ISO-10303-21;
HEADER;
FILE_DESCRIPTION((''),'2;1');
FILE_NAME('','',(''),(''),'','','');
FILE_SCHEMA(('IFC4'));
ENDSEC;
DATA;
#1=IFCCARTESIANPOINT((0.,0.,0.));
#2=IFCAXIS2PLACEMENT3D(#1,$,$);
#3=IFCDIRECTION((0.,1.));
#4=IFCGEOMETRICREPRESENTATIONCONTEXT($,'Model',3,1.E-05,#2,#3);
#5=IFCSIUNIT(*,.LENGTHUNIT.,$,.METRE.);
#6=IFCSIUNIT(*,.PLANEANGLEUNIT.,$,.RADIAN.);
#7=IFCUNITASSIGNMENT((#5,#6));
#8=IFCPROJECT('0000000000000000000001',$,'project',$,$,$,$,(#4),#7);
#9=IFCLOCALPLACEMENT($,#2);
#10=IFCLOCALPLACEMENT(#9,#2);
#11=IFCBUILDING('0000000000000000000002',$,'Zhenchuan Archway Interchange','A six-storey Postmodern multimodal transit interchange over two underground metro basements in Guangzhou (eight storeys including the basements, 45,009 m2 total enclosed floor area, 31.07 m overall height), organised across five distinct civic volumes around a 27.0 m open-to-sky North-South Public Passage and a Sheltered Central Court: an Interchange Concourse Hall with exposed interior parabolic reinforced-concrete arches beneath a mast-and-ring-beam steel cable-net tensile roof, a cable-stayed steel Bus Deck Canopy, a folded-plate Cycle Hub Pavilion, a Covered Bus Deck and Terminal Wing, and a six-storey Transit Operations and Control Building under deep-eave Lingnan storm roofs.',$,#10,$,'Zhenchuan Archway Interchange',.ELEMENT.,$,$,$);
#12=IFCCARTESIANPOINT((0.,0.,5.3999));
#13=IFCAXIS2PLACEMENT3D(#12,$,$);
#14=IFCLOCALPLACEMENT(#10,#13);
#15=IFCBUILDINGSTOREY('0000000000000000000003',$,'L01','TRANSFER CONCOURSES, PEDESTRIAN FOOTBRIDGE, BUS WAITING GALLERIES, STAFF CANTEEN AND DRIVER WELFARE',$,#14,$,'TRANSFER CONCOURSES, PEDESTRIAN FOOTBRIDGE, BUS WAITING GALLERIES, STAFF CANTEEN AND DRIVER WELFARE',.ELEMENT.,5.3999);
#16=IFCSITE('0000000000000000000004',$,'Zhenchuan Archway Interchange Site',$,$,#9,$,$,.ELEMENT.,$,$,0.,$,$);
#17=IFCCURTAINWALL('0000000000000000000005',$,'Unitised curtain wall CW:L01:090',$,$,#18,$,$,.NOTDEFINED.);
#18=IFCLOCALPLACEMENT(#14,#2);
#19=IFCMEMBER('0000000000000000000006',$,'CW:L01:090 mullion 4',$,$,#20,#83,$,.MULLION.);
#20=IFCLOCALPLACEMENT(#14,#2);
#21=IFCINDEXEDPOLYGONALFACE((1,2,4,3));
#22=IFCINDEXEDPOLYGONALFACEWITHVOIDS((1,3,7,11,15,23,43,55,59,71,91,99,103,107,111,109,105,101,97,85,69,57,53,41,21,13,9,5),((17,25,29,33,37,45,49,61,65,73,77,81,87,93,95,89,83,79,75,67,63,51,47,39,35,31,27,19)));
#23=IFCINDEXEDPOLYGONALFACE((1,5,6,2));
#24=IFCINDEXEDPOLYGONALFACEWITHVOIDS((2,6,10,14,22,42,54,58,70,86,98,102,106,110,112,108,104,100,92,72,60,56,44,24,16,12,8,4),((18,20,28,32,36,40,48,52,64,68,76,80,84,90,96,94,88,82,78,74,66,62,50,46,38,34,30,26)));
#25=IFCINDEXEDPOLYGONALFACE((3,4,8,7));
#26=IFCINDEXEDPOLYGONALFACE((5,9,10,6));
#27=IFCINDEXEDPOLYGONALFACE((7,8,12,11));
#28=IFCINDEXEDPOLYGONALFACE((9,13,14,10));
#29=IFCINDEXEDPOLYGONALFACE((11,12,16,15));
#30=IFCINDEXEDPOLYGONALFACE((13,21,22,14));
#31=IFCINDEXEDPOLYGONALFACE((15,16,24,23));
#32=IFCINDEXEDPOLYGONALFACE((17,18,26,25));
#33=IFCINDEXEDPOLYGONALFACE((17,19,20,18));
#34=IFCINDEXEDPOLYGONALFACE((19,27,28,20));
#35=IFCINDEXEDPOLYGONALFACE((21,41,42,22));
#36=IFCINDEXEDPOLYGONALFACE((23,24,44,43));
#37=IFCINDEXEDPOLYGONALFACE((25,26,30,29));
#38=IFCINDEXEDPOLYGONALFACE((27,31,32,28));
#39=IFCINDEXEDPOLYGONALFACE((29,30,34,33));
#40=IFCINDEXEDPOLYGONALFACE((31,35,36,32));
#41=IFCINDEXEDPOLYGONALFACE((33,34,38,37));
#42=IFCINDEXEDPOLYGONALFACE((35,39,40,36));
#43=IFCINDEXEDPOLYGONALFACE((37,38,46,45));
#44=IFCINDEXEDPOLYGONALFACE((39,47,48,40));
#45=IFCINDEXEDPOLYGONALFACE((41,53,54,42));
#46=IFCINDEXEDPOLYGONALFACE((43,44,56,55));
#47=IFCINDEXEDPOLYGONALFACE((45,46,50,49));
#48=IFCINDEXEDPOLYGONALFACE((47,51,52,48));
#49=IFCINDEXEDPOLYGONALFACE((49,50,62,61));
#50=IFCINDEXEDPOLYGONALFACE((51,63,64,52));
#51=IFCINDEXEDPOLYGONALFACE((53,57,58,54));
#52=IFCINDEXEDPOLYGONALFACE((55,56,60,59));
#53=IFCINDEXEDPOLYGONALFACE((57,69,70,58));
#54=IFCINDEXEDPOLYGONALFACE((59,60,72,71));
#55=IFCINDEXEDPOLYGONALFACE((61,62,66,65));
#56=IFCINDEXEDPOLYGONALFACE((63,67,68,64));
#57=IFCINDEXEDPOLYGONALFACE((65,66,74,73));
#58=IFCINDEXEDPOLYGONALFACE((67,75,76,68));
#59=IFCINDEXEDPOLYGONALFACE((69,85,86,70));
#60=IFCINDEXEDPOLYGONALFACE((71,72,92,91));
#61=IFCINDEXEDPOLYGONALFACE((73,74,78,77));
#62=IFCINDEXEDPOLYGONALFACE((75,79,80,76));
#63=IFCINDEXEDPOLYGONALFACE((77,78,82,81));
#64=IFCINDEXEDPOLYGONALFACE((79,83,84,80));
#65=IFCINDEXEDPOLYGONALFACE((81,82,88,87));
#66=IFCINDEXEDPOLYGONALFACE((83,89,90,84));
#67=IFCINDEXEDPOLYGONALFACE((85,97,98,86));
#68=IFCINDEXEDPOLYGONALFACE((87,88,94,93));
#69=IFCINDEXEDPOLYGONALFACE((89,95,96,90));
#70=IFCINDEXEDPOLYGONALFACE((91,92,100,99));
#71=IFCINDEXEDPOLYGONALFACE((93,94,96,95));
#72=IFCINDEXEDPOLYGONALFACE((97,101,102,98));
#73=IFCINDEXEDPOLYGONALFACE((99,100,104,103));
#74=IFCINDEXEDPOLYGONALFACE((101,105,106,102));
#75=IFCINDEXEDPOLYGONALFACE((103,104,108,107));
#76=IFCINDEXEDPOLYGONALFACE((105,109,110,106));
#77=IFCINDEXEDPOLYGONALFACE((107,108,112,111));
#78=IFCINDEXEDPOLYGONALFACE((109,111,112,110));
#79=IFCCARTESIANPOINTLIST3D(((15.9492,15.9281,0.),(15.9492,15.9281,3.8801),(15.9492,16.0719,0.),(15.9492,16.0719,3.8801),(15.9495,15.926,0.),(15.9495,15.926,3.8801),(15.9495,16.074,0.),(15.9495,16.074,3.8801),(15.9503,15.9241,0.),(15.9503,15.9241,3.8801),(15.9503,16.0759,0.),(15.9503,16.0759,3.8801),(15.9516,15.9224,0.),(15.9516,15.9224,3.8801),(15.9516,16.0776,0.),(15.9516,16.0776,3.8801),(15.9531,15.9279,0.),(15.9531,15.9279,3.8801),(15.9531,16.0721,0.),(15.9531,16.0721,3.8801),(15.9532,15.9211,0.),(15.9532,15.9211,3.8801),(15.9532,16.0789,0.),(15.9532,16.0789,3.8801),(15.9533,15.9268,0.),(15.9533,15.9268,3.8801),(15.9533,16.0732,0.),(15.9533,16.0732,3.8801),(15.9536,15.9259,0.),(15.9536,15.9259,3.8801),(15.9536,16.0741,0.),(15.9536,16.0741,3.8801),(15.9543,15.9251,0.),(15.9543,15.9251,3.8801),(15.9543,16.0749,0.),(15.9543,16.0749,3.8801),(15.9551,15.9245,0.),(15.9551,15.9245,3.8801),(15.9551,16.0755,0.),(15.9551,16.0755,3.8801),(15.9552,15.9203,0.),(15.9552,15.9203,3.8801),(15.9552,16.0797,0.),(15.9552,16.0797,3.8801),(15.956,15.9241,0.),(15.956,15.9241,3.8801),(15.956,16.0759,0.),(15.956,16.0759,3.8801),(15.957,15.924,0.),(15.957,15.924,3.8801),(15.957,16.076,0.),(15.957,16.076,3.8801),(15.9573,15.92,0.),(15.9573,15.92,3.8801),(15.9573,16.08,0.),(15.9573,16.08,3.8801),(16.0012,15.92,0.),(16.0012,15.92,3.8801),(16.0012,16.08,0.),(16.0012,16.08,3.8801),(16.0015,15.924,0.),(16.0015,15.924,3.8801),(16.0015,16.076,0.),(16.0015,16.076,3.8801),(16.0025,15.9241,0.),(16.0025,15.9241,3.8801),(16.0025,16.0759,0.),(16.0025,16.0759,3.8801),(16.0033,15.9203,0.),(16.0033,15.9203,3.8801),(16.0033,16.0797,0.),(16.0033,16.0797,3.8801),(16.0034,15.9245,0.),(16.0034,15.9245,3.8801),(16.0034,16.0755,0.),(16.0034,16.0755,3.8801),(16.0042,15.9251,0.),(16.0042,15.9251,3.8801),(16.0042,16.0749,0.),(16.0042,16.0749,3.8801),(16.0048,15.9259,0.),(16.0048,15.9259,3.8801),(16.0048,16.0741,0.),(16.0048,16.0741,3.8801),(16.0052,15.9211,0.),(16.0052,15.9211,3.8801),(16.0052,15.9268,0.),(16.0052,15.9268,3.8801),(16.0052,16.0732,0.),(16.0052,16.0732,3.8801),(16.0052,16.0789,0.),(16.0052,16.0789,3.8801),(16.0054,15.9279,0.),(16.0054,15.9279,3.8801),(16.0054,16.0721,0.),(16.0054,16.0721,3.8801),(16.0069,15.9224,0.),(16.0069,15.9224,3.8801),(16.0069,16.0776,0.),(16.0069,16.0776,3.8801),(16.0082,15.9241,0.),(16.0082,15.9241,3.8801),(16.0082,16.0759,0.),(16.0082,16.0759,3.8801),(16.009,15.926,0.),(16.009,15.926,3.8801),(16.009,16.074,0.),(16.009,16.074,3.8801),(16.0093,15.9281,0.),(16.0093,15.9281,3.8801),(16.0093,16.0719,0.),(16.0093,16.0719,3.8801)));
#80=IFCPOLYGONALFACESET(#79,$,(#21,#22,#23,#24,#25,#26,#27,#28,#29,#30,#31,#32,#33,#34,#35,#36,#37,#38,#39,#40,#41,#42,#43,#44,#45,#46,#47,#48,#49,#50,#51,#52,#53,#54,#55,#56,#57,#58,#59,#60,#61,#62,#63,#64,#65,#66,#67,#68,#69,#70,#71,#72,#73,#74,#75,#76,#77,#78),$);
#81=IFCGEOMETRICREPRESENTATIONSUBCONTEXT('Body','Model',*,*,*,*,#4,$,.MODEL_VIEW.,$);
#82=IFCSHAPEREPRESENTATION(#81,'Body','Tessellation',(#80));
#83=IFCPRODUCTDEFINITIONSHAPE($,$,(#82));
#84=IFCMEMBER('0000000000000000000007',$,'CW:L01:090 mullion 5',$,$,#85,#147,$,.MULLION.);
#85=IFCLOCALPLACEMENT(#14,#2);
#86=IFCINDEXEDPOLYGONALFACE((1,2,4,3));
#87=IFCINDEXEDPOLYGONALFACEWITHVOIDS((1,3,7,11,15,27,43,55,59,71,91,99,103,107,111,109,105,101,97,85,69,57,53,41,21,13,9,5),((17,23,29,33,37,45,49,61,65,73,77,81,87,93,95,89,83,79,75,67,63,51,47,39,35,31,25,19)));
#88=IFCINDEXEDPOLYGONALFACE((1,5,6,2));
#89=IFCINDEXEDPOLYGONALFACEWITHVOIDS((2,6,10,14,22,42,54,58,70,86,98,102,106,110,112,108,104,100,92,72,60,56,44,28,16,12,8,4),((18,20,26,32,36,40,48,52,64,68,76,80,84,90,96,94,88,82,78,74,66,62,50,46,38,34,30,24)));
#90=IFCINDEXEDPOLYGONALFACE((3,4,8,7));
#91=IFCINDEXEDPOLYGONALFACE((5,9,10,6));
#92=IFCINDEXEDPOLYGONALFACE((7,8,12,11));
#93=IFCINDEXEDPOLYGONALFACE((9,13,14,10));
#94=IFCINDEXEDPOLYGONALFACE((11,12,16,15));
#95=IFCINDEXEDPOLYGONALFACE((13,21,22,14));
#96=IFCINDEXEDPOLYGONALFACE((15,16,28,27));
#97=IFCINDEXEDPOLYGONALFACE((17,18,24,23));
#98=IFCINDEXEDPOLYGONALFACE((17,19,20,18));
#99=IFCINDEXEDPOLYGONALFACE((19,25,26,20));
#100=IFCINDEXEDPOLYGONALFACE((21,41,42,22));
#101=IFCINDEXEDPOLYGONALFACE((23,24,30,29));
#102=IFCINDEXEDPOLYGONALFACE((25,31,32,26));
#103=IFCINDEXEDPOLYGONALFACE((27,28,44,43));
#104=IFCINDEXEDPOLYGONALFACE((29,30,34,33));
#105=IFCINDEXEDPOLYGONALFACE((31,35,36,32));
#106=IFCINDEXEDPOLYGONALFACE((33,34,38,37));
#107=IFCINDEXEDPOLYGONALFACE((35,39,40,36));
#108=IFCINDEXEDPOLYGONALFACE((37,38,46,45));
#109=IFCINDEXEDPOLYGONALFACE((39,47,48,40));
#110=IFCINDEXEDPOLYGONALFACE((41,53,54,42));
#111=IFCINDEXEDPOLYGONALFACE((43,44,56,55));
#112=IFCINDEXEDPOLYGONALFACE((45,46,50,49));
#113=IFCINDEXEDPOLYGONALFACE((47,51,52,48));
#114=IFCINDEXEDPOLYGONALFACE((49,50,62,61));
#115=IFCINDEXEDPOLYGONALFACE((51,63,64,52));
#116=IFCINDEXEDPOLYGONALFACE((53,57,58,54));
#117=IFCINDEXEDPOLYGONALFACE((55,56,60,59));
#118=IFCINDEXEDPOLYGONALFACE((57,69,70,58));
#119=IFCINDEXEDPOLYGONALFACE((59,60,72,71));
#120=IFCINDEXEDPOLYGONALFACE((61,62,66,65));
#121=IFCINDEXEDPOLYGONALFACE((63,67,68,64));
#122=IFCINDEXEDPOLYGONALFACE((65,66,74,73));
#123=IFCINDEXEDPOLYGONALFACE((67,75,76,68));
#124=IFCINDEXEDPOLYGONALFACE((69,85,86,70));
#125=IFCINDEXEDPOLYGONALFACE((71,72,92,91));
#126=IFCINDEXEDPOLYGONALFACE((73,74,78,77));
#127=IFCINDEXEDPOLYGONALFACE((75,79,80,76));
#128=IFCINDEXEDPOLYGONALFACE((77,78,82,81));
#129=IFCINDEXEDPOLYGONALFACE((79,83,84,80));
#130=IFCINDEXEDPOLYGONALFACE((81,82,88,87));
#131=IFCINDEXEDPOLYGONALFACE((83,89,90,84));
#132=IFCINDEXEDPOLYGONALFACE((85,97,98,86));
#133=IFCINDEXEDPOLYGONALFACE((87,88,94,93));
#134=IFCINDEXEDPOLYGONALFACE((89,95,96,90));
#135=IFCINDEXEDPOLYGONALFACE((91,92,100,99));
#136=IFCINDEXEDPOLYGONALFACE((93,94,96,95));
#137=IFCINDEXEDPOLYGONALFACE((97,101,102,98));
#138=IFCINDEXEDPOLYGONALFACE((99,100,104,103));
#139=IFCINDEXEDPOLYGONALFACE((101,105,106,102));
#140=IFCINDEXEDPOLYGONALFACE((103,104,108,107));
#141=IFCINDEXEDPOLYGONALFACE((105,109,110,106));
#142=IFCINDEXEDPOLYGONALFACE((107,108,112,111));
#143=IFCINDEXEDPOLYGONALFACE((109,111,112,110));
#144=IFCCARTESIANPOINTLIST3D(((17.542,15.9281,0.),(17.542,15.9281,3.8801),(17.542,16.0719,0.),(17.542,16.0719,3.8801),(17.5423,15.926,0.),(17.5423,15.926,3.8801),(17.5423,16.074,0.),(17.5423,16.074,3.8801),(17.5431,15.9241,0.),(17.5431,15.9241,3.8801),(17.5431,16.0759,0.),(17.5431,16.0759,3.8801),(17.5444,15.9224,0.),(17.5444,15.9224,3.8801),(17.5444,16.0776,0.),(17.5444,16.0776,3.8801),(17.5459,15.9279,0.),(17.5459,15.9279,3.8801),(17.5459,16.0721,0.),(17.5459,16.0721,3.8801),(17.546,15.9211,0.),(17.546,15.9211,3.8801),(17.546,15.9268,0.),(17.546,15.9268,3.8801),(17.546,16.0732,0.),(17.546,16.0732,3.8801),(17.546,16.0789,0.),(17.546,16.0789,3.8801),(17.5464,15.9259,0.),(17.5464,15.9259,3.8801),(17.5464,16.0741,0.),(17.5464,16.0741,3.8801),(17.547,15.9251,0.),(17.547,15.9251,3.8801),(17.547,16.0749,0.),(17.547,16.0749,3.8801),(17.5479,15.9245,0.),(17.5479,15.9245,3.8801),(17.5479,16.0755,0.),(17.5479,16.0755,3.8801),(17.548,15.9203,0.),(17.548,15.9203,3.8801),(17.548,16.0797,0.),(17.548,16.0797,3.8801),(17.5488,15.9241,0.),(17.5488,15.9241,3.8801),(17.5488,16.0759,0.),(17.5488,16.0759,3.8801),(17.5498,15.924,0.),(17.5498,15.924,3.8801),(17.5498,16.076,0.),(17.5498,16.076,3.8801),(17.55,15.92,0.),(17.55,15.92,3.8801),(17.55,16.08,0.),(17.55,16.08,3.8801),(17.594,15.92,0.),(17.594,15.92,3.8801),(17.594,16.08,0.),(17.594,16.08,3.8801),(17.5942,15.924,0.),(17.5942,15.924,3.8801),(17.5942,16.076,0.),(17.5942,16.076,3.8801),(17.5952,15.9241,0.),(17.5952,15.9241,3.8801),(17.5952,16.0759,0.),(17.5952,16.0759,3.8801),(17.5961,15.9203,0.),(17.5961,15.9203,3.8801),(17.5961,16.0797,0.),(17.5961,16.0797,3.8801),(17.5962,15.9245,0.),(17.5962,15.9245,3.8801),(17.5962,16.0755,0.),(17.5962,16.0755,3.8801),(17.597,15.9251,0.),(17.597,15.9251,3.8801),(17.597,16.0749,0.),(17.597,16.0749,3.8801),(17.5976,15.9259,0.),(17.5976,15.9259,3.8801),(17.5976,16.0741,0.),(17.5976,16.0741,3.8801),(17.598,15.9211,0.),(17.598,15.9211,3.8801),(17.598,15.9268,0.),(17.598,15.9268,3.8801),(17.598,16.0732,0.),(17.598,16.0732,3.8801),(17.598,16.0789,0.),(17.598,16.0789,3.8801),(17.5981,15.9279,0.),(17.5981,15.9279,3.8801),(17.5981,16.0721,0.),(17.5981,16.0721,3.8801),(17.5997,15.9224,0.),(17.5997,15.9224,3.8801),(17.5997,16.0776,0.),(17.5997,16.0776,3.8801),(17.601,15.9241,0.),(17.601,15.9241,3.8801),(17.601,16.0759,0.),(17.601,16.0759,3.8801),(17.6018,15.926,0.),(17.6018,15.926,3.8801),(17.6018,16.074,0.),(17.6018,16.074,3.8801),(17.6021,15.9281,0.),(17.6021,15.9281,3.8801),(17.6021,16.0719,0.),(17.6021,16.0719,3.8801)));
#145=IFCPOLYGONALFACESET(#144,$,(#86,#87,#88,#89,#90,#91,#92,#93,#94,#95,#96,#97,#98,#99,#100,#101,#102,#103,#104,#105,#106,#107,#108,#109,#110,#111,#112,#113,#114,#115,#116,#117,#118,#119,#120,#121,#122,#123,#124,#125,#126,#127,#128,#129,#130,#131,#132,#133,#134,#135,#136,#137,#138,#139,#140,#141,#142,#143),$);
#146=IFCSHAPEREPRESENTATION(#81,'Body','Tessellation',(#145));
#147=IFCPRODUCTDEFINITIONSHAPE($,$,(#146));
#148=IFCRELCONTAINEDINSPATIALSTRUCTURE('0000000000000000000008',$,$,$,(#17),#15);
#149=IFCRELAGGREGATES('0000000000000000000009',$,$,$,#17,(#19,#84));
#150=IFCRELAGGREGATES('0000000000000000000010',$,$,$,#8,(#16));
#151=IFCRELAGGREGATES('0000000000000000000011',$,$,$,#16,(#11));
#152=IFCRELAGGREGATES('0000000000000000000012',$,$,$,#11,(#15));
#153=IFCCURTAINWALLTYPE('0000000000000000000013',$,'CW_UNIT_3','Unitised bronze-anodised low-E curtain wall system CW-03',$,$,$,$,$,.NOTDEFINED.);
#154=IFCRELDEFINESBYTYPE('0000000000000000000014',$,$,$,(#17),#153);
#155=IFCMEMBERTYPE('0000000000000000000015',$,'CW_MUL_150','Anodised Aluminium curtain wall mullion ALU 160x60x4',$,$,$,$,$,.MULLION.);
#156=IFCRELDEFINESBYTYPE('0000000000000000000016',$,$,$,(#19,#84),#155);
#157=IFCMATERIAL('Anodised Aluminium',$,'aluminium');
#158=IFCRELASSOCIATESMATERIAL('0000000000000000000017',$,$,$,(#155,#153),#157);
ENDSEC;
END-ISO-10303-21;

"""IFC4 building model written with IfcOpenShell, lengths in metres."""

from ifc_helpers import new_model, si_unit, direction, frame, origin, origin_2d, place, context, subcontext, project, spatial, hollow_rectangle, extrude, material, material_profile, profile_set, type_object, element, aggregate, save


model = new_model("IFC4")

# Units and contexts
model_context = context("Model", 3, precision=1e-05, world=origin(), true_north=direction((0.0, 1.0)))
body_context = subcontext(model_context, "Body", "Model", "MODEL_VIEW")
ifc_project = project(units=[si_unit("LENGTHUNIT", "METRE"), si_unit("PLANEANGLEUNIT", "RADIAN")], contexts=[model_context])

# Site, building, storey
site_placement = place(None, origin())
site = spatial("IfcSite", under=ifc_project, at=site_placement, Name="Zhenchuan Archway Interchange Site", CompositionType="ELEMENT", RefElevation=0.0)
building_placement = place(site_placement, origin())
building = spatial("IfcBuilding", under=site, at=building_placement, Name="Zhenchuan Archway Interchange", Description="A six-storey Postmodern multimodal transit interchange over two underground metro basements in Guangzhou (eight storeys including the basements, 45,009 m2 total enclosed floor area, 31.07 m overall height), organised across five distinct civic volumes around a 27.0 m open-to-sky North-South Public Passage and a Sheltered Central Court: an Interchange Concourse Hall with exposed interior parabolic reinforced-concrete arches beneath a mast-and-ring-beam steel cable-net tensile roof, a cable-stayed steel Bus Deck Canopy, a folded-plate Cycle Hub Pavilion, a Covered Bus Deck and Terminal Wing, and a six-storey Transit Operations and Control Building under deep-eave Lingnan storm roofs.", LongName="Zhenchuan Archway Interchange", CompositionType="ELEMENT")
storey_placement = place(building_placement, frame((0.0, 0.0, 5.3999)))
storey = spatial("IfcBuildingStorey", under=building, at=storey_placement, Name="L01", Description="TRANSFER CONCOURSES, PEDESTRIAN FOOTBRIDGE, BUS WAITING GALLERIES, STAFF CANTEEN AND DRIVER WELFARE", LongName="TRANSFER CONCOURSES, PEDESTRIAN FOOTBRIDGE, BUS WAITING GALLERIES, STAFF CANTEEN AND DRIVER WELFARE", CompositionType="ELEMENT", Elevation=5.3999)

# Shared definitions
ifc_material_1 = material(Name="Anodised Aluminium", Category="aluminium")
ifc_material_profile_1 = material_profile(ifc_material_1, hollow_rectangle(XDim=0.0601, YDim=0.1599, WallThickness=0.0039, InnerFilletRadius=0.0039, OuterFilletRadius=0.0081, at=origin_2d()), Name="ALU 160x60x4")
ifc_profile_set_1 = profile_set([ifc_material_profile_1], Name="Anodised Aluminium")
member_type_1 = type_object("IfcMemberType", Name="CW_MUL_150", Description="Anodised Aluminium curtain wall mullion ALU 160x60x4", PredefinedType="MULLION", material=ifc_profile_set_1)

# Curtain wall, members
curtain_wall_type_1 = type_object("IfcCurtainWallType", Name="CW_UNIT_3", Description="Unitised bronze-anodised low-E curtain wall system CW-03", PredefinedType="NOTDEFINED", material=ifc_material_1)
curtain_wall_1_placement = place(storey_placement, origin())
curtain_wall_1 = element("IfcCurtainWall", 1, at=curtain_wall_1_placement, inside=storey, type_object=curtain_wall_type_1, Name="Unitised curtain wall CW:L01:090", PredefinedType="NOTDEFINED")
member_1_placement = place(storey_placement, frame((15.9792, 16.0, 0.0), z_axis=(0.0, 0.0, 1.0), x_axis=(1.0, 0.0, 0.0)))
member_1 = element("IfcMember", 2, at=member_1_placement, type_object=member_type_1, Name="CW:L01:090 mullion 4", PredefinedType="MULLION", context=body_context, shape_type="SweptSolid", body=[
    extrude(hollow_rectangle(XDim=0.0601, YDim=0.1599, WallThickness=0.0039, InnerFilletRadius=0.0039, OuterFilletRadius=0.0081, at=origin_2d()), origin(), (0.0, 0.0, 1.0), 3.8801),
])
member_2_placement = place(storey_placement, frame((17.572, 16.0, 0.0), z_axis=(0.0, 0.0, 1.0), x_axis=(1.0, 0.0, 0.0)))
member_2 = element("IfcMember", 3, at=member_2_placement, type_object=member_type_1, Name="CW:L01:090 mullion 5", PredefinedType="MULLION", context=body_context, shape_type="SweptSolid", body=[
    extrude(hollow_rectangle(XDim=0.0601, YDim=0.1599, WallThickness=0.0039, InnerFilletRadius=0.0039, OuterFilletRadius=0.0081, at=origin_2d()), origin(), (0.0, 0.0, 1.0), 3.8801),
])

aggregate(curtain_wall_1, [member_1, member_2])

save(model, "model.ifc")
